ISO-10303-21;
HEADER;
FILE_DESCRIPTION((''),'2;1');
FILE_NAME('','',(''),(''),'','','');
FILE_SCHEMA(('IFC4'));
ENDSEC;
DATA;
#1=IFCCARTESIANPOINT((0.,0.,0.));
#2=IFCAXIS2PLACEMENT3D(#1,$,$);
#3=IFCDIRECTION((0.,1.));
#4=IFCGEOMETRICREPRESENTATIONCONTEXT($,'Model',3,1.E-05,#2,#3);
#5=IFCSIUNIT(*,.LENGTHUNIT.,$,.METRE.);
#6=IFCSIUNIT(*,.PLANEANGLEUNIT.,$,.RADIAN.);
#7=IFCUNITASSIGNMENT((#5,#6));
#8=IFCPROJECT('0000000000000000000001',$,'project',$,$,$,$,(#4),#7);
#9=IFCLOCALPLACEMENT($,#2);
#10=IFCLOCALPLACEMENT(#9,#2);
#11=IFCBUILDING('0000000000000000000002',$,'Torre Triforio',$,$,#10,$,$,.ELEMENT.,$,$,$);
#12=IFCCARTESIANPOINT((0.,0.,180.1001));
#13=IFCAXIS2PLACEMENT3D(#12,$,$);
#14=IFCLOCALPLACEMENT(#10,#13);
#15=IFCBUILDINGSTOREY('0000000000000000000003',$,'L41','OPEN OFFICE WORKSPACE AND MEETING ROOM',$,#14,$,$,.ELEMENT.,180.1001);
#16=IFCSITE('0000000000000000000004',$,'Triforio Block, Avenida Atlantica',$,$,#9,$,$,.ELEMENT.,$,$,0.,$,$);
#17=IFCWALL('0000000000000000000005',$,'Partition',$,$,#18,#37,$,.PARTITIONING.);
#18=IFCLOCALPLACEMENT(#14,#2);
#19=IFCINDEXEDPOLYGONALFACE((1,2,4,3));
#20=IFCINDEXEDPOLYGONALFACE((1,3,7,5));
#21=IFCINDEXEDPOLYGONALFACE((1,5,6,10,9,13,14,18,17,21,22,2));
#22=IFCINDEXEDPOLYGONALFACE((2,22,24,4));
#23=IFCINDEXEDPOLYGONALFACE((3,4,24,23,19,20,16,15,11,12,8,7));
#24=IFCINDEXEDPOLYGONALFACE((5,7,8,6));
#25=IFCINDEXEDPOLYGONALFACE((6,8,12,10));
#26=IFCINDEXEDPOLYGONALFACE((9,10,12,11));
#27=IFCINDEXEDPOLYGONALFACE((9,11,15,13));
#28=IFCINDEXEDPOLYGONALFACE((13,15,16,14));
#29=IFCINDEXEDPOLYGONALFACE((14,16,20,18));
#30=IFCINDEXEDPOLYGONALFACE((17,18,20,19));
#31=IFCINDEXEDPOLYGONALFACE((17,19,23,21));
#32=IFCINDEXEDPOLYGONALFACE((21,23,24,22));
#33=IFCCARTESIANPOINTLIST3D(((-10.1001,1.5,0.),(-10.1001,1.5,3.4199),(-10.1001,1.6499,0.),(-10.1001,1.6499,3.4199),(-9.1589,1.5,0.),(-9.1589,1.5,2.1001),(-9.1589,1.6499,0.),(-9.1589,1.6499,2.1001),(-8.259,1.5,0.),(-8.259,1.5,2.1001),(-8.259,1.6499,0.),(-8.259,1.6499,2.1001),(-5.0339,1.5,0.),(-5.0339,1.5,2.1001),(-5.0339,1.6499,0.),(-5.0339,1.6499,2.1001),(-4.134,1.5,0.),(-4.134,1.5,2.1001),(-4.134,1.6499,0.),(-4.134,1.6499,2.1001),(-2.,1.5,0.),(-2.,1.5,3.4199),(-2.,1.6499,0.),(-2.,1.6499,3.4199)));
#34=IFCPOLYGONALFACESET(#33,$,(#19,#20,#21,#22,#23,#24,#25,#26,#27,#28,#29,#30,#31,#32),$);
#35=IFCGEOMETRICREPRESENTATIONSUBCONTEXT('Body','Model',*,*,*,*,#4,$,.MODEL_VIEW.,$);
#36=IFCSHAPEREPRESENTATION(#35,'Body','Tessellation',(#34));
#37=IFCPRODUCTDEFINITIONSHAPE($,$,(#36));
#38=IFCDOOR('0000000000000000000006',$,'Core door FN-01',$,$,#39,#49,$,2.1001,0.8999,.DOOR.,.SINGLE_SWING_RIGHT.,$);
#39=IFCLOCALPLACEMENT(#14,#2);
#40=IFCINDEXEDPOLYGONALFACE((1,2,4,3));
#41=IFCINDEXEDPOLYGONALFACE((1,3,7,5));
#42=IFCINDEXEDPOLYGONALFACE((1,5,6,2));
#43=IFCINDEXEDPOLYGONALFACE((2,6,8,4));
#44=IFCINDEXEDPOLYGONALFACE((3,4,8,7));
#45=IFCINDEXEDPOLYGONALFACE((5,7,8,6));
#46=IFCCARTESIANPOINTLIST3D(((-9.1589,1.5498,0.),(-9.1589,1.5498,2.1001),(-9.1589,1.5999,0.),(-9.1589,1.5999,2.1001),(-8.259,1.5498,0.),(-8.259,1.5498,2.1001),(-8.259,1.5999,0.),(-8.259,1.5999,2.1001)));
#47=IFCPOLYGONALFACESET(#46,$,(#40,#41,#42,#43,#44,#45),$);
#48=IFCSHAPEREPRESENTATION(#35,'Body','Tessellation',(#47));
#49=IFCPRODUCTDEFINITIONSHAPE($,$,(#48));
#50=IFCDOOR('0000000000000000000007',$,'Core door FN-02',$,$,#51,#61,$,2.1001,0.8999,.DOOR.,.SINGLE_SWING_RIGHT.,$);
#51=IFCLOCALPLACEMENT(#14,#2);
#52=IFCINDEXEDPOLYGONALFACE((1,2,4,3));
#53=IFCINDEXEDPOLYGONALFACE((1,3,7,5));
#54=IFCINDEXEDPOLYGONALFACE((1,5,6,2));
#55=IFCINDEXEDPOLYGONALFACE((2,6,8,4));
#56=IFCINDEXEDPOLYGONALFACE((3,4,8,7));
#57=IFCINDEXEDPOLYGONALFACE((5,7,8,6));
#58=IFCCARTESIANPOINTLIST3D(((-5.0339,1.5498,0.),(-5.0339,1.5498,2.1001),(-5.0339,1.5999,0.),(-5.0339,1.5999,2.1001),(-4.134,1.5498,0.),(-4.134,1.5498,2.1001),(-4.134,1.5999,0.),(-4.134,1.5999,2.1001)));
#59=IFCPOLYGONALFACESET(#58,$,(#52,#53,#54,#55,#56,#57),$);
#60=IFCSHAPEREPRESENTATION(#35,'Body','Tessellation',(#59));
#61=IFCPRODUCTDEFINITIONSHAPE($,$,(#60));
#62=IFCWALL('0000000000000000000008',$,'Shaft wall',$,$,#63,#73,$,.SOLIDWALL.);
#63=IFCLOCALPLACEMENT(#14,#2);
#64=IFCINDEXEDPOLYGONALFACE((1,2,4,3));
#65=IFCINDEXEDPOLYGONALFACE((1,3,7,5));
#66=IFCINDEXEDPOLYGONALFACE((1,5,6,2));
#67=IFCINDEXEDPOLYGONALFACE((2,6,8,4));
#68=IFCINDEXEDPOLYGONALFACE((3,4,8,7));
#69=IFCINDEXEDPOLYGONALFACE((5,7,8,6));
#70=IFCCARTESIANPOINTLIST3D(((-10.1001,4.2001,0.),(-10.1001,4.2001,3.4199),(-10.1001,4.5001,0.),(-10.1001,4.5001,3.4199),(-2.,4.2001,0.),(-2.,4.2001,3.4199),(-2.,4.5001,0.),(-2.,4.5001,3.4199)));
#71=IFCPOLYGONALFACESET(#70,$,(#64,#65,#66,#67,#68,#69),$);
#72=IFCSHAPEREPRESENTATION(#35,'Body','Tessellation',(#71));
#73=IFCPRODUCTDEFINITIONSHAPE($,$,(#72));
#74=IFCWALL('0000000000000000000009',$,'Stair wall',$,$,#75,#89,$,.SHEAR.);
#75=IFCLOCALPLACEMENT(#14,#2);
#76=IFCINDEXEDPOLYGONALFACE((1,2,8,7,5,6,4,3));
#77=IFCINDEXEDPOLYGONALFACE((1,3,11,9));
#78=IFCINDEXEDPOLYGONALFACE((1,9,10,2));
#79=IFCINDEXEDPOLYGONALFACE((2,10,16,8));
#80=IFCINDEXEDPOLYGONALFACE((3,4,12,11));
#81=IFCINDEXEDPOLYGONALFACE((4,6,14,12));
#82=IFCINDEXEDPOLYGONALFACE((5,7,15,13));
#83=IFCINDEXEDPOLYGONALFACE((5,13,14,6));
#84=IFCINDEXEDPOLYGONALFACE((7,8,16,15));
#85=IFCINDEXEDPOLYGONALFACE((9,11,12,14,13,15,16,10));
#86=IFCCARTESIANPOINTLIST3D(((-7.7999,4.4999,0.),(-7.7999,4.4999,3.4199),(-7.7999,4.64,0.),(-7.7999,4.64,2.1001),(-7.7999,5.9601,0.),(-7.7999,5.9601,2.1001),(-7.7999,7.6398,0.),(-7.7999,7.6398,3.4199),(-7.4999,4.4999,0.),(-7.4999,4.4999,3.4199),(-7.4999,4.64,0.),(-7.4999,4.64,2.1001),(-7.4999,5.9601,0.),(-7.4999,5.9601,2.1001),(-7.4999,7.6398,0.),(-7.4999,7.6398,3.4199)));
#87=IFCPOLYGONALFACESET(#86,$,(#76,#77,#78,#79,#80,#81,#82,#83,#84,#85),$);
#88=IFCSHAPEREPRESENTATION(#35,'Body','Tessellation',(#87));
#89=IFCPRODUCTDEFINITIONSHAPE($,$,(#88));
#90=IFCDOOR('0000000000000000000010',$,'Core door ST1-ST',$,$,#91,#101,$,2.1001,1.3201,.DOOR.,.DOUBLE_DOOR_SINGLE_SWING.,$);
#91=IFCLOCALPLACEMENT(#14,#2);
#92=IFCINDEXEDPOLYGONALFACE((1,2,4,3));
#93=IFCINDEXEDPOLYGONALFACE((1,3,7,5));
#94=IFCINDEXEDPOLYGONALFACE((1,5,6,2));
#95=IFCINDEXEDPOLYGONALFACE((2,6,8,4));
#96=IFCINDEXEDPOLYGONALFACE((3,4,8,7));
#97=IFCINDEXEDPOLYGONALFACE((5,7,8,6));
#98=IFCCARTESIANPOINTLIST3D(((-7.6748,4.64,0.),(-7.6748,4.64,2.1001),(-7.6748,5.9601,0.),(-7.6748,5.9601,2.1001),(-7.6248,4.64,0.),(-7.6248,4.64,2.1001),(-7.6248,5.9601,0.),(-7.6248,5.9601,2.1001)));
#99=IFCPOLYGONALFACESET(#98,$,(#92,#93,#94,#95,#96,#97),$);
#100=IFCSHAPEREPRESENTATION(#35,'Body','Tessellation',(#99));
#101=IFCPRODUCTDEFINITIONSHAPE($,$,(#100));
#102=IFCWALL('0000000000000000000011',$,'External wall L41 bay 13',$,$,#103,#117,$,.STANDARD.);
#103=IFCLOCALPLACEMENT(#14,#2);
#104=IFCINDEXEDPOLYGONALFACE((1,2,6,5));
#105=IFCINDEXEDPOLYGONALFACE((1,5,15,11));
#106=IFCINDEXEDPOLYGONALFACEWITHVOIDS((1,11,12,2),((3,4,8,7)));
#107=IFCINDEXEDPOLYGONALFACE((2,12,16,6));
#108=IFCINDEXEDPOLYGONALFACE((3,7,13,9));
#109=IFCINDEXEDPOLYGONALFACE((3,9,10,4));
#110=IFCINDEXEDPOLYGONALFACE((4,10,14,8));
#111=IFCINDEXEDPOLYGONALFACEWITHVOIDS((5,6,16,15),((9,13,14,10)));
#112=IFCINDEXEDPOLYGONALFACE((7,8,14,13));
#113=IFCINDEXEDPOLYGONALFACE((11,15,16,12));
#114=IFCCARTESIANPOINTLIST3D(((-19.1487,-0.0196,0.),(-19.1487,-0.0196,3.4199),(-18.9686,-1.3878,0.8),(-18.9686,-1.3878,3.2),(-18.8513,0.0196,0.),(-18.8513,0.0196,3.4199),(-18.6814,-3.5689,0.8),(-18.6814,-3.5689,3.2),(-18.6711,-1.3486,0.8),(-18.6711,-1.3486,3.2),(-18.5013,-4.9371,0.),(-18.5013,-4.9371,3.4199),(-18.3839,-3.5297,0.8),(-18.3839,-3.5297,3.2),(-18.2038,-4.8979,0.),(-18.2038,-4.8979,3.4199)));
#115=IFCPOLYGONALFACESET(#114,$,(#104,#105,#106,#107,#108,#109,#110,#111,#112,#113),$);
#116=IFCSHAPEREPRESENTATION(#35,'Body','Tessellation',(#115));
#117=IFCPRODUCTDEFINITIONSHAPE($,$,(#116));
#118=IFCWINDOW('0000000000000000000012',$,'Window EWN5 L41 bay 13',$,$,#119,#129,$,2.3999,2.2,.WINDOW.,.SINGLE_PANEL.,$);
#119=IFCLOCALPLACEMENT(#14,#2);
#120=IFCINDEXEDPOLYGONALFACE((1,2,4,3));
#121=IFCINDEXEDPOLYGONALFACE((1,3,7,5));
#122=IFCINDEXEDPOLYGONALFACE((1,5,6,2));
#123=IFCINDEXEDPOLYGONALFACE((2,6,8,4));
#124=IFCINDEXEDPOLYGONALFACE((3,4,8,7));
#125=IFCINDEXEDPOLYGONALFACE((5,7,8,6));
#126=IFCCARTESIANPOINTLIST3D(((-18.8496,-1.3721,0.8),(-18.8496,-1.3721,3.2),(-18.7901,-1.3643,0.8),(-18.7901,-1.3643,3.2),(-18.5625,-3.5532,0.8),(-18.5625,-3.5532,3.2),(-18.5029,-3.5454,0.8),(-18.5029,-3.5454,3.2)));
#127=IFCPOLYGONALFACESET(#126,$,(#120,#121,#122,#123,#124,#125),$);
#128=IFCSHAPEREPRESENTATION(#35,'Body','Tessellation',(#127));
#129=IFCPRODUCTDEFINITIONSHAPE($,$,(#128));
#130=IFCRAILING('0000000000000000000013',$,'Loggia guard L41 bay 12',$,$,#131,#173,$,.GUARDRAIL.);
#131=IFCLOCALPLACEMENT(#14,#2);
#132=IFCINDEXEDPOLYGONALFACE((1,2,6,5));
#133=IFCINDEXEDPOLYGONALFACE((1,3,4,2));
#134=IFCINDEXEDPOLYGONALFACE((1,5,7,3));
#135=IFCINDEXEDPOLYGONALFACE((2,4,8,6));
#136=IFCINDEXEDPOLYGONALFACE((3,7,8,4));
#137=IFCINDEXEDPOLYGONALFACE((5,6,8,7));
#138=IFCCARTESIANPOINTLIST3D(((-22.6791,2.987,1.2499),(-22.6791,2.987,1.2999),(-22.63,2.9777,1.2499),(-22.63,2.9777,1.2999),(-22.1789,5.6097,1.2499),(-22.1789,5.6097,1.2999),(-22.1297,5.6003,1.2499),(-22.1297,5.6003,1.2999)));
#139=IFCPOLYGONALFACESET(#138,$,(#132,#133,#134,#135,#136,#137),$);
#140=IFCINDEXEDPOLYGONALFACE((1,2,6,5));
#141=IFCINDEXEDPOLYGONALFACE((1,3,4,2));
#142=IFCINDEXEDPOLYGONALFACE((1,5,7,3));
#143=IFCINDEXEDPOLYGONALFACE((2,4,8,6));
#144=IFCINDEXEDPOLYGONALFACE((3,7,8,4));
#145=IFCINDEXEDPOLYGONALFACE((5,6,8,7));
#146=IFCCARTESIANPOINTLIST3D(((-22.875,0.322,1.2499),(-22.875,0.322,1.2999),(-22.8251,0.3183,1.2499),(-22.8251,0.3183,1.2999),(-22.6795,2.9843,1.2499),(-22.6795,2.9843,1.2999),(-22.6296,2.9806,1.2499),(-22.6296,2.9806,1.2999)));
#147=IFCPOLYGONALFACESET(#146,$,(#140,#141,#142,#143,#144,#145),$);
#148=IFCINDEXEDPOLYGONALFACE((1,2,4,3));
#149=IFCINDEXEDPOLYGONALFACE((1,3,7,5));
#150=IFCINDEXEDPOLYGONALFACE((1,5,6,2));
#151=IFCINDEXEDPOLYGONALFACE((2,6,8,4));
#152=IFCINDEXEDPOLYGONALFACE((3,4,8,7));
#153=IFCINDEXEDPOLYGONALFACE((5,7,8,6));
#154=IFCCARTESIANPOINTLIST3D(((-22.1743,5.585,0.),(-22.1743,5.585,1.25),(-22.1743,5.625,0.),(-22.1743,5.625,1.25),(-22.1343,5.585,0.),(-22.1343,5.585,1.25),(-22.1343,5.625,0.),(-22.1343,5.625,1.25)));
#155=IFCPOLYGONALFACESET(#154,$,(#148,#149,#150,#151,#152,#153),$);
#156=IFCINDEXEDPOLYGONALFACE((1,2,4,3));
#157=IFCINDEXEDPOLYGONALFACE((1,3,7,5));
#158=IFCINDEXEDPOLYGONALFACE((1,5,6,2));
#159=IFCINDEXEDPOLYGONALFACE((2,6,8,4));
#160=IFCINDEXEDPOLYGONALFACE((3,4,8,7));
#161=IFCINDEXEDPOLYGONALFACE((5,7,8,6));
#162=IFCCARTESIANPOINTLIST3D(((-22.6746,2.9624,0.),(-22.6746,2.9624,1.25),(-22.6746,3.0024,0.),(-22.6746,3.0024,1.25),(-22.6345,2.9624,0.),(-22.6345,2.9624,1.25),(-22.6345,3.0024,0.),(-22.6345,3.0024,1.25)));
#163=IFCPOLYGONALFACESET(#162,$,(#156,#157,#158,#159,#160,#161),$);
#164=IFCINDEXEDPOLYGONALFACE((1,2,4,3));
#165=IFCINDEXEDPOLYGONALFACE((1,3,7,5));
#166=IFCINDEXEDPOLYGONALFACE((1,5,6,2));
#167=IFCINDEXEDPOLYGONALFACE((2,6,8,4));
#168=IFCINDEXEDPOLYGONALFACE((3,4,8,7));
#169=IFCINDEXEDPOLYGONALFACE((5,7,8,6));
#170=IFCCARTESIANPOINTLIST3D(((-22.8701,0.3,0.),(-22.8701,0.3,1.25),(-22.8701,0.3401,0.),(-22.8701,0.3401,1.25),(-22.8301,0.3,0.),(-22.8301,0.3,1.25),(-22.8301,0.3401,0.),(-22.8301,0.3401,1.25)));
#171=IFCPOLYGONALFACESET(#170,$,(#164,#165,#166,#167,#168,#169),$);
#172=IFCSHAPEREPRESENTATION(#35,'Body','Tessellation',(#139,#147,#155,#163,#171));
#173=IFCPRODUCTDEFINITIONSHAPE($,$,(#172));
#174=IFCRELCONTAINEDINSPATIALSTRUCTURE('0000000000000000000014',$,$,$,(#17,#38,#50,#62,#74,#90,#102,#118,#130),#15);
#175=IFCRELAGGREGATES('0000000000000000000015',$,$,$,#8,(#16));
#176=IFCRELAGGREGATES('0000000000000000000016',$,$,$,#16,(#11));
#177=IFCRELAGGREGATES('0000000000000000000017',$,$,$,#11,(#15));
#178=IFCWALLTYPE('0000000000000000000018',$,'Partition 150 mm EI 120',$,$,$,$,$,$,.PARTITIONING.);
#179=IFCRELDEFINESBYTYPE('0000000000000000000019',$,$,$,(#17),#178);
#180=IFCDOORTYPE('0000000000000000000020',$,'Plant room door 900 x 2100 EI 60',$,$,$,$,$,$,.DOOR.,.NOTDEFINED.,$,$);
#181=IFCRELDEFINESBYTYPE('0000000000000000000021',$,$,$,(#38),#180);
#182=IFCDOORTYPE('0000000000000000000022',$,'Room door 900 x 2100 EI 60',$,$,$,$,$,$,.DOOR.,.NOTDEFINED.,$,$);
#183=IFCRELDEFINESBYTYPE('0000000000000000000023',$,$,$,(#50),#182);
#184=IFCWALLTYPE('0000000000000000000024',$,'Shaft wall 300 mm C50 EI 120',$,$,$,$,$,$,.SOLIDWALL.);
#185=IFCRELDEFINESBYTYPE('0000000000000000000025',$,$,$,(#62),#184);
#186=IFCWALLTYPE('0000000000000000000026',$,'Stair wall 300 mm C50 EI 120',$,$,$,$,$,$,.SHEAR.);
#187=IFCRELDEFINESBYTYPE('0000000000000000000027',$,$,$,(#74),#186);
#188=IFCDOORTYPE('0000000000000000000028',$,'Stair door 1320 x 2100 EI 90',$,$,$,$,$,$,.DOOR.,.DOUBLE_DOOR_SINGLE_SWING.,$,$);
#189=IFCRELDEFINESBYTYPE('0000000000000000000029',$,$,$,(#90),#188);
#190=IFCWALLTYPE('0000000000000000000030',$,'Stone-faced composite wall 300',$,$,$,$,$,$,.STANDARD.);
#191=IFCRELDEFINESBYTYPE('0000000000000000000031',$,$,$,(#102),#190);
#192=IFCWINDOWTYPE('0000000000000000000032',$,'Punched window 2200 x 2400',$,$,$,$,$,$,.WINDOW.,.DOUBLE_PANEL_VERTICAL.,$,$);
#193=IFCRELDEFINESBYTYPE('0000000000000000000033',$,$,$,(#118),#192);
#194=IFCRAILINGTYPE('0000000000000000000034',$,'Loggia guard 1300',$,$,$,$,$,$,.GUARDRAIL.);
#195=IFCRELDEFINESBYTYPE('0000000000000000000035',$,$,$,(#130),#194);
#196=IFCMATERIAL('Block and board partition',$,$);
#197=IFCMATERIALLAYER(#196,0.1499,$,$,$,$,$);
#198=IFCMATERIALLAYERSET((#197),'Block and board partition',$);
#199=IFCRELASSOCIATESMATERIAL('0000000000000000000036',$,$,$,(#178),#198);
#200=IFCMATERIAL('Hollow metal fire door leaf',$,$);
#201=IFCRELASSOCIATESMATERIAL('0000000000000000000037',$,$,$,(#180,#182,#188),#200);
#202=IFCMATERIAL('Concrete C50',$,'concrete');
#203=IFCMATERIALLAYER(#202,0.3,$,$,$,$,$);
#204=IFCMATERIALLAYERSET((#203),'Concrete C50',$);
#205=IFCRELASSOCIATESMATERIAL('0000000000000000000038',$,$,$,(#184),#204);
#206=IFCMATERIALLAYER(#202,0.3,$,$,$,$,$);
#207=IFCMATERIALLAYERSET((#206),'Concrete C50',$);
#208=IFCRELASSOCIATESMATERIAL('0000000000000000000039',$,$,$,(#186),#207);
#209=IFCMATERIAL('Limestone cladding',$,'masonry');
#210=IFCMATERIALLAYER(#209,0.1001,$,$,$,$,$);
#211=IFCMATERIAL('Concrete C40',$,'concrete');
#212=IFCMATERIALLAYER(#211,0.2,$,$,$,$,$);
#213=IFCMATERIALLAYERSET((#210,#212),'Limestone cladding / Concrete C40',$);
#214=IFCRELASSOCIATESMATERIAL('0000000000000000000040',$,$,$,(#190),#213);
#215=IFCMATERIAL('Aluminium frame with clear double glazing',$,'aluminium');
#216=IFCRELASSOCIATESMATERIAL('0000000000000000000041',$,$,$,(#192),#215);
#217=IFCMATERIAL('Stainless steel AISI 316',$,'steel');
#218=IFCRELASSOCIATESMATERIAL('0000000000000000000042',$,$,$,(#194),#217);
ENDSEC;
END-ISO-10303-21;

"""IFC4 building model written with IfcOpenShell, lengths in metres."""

from ifc_helpers import new_model, si_unit, direction, frame, frame_2d, origin, origin_2d, place, context, subcontext, project, spatial, rectangle, extrude, material, layer, layer_set, type_object, element, fill, save


model = new_model("IFC4")

# Units and contexts
model_context = context("Model", 3, precision=1e-05, world=origin(), true_north=direction((0.0, 1.0)))
body_context = subcontext(model_context, "Body", "Model", "MODEL_VIEW")
ifc_project = project(units=[si_unit("LENGTHUNIT", "METRE"), si_unit("PLANEANGLEUNIT", "RADIAN")], contexts=[model_context])

# Site, building, storey
site_placement = place(None, origin())
site = spatial("IfcSite", under=ifc_project, at=site_placement, Name="Triforio Block, Avenida Atlantica", CompositionType="ELEMENT", RefElevation=0.0)
building_placement = place(site_placement, origin())
building = spatial("IfcBuilding", under=site, at=building_placement, Name="Torre Triforio", CompositionType="ELEMENT")
storey_placement = place(building_placement, frame((0.0, 0.0, 180.1001)))
storey = spatial("IfcBuildingStorey", under=building, at=storey_placement, Name="L41", Description="OPEN OFFICE WORKSPACE AND MEETING ROOM", CompositionType="ELEMENT", Elevation=180.1001)

# Shared definitions
ifc_material_1 = material(Name="Concrete C50", Category="concrete")

# Shared definitions
ifc_material_2 = material(Name="Concrete C40", Category="concrete")

# Shared definitions
ifc_material_3 = material(Name="Hollow metal fire door leaf")

# Wall, openings, doors
ifc_material_4 = material(Name="Block and board partition")
ifc_layer_1 = layer(ifc_material_4, 0.1499)
ifc_layer_set_1 = layer_set([ifc_layer_1], Name="Block and board partition")
wall_type_1 = type_object("IfcWallType", Name="Partition 150 mm EI 120", PredefinedType="PARTITIONING", material=ifc_layer_set_1)
wall_1_placement = place(storey_placement, frame((-10.1001, 1.575, 0.0), z_axis=(0.0, 0.0, 1.0), x_axis=(1.0, 0.0, 0.0)))
wall_1 = element("IfcWall", 1, at=wall_1_placement, inside=storey, type_object=wall_type_1, Name="Partition", PredefinedType="PARTITIONING", context=body_context, shape_type="SweptSolid", body=[
    extrude(rectangle(XDim=8.1001, YDim=0.1499, at=frame_2d((4.05, 0.0))), origin(), (0.0, 0.0, 1.0), 3.4199),
])
opening_1_placement = place(wall_1_placement, frame((0.9412, 0.0, 0.0)))
opening_1 = element("IfcOpeningElement", 2, at=opening_1_placement, cuts=wall_1, PredefinedType="OPENING", context=body_context, shape_type="SweptSolid", body=[
    extrude(rectangle(XDim=0.8999, YDim=2.1001, at=frame_2d((0.45, 1.05))), frame((0.0, 0.085, 0.0), z_axis=(0.0, -1.0, 0.0), x_axis=(1.0, 0.0, 0.0)), (0.0, 0.0, 1.0), 0.1699),
])
opening_2_placement = place(wall_1_placement, frame((5.0662, 0.0, 0.0)))
opening_2 = element("IfcOpeningElement", 3, at=opening_2_placement, cuts=wall_1, PredefinedType="OPENING", context=body_context, shape_type="SweptSolid", body=[
    extrude(rectangle(XDim=0.8999, YDim=2.1001, at=frame_2d((0.45, 1.05))), frame((0.0, 0.085, 0.0), z_axis=(0.0, -1.0, 0.0), x_axis=(1.0, 0.0, 0.0)), (0.0, 0.0, 1.0), 0.1699),
])
door_type_1 = type_object("IfcDoorType", Name="Plant room door 900 x 2100 EI 60", OperationType="NOTDEFINED", PredefinedType="DOOR", material=ifc_material_3)
door_1_placement = place(opening_1_placement, origin())
door_1 = element("IfcDoor", 4, at=door_1_placement, inside=storey, type_object=door_type_1, Name="Core door FN-01", OperationType="SINGLE_SWING_RIGHT", OverallHeight=2.1001, OverallWidth=0.8999, PredefinedType="DOOR", context=body_context, shape_type="SweptSolid", body=[
    extrude(rectangle(XDim=0.8999, YDim=2.1001, at=frame_2d((0.45, 1.05))), frame((0.0, 0.0249, 0.0), z_axis=(0.0, -1.0, 0.0), x_axis=(1.0, 0.0, 0.0)), (0.0, 0.0, 1.0), 0.05),
])
fill(opening_1, door_1)
door_type_2 = type_object("IfcDoorType", Name="Room door 900 x 2100 EI 60", OperationType="NOTDEFINED", PredefinedType="DOOR", material=ifc_material_3)
door_2_placement = place(opening_2_placement, origin())
door_2 = element("IfcDoor", 5, at=door_2_placement, inside=storey, type_object=door_type_2, Name="Core door FN-02", OperationType="SINGLE_SWING_RIGHT", OverallHeight=2.1001, OverallWidth=0.8999, PredefinedType="DOOR", context=body_context, shape_type="SweptSolid", body=[
    extrude(rectangle(XDim=0.8999, YDim=2.1001, at=frame_2d((0.45, 1.05))), frame((0.0, 0.0249, 0.0), z_axis=(0.0, -1.0, 0.0), x_axis=(1.0, 0.0, 0.0)), (0.0, 0.0, 1.0), 0.05),
])
fill(opening_2, door_2)

# Wall
ifc_layer_2 = layer(ifc_material_1, 0.3)
ifc_layer_set_2 = layer_set([ifc_layer_2], Name="Concrete C50")
wall_type_2 = type_object("IfcWallType", Name="Shaft wall 300 mm C50 EI 120", PredefinedType="SOLIDWALL", material=ifc_layer_set_2)
wall_2_placement = place(storey_placement, frame((-10.1001, 4.3501, 0.0), z_axis=(0.0, 0.0, 1.0), x_axis=(1.0, 0.0, 0.0)))
element("IfcWall", 6, at=wall_2_placement, inside=storey, type_object=wall_type_2, Name="Shaft wall", PredefinedType="SOLIDWALL", context=body_context, shape_type="SweptSolid", body=[
    extrude(rectangle(XDim=8.1001, YDim=0.3, at=frame_2d((4.05, 0.0))), origin(), (0.0, 0.0, 1.0), 3.4199),
])

# Wall, opening, door
ifc_layer_3 = layer(ifc_material_1, 0.3)
ifc_layer_set_3 = layer_set([ifc_layer_3], Name="Concrete C50")
wall_type_3 = type_object("IfcWallType", Name="Stair wall 300 mm C50 EI 120", PredefinedType="SHEAR", material=ifc_layer_set_3)
wall_3_placement = place(storey_placement, frame((-7.6499, 4.5, 0.0), z_axis=(0.0, 0.0, 1.0), x_axis=(0.0, 1.0, 0.0)))
wall_3 = element("IfcWall", 7, at=wall_3_placement, inside=storey, type_object=wall_type_3, Name="Stair wall", PredefinedType="SHEAR", context=body_context, shape_type="SweptSolid", body=[
    extrude(rectangle(XDim=3.1399, YDim=0.3, at=frame_2d((1.5698, 0.0))), origin(), (0.0, 0.0, 1.0), 3.4199),
])
opening_3_placement = place(wall_3_placement, frame((0.1399, 0.0, 0.0)))
opening_3 = element("IfcOpeningElement", 8, at=opening_3_placement, cuts=wall_3, PredefinedType="OPENING", context=body_context, shape_type="SweptSolid", body=[
    extrude(rectangle(XDim=1.3201, YDim=2.1001, at=frame_2d((0.6602, 1.05))), frame((0.0, 0.1599, 0.0), z_axis=(0.0, -1.0, 0.0), x_axis=(1.0, 0.0, 0.0)), (0.0, 0.0, 1.0), 0.3201),
])
door_type_3 = type_object("IfcDoorType", Name="Stair door 1320 x 2100 EI 90", OperationType="DOUBLE_DOOR_SINGLE_SWING", PredefinedType="DOOR", material=ifc_material_3)
door_3_placement = place(opening_3_placement, origin())
door_3 = element("IfcDoor", 9, at=door_3_placement, inside=storey, type_object=door_type_3, Name="Core door ST1-ST", OperationType="DOUBLE_DOOR_SINGLE_SWING", OverallHeight=2.1001, OverallWidth=1.3201, PredefinedType="DOOR", context=body_context, shape_type="SweptSolid", body=[
    extrude(rectangle(XDim=1.3201, YDim=2.1001, at=frame_2d((0.6602, 1.05))), frame((0.0, 0.0249, 0.0), z_axis=(0.0, -1.0, 0.0), x_axis=(1.0, 0.0, 0.0)), (0.0, 0.0, 1.0), 0.05),
])
fill(opening_3, door_3)

# Shared definitions
ifc_material_5 = material(Name="Limestone cladding", Category="masonry")
ifc_layer_4 = layer(ifc_material_5, 0.1001)
ifc_layer_5 = layer(ifc_material_2, 0.2)
ifc_layer_set_4 = layer_set([ifc_layer_4, ifc_layer_5], Name="Limestone cladding / Concrete C40")
wall_type_4 = type_object("IfcWallType", Name="Stone-faced composite wall 300", PredefinedType="STANDARD", material=ifc_layer_set_4)
ifc_material_6 = material(Name="Aluminium frame with clear double glazing", Category="aluminium")

# Wall, opening, window
wall_4_placement = place(storey_placement, frame((-19.0, 0.0, 0.0), z_axis=(0.0, 0.0, 1.0), x_axis=(0.130539, -0.991443, 0.0)))
wall_4 = element("IfcWall", 10, at=wall_4_placement, inside=storey, type_object=wall_type_4, Name="External wall L41 bay 13", PredefinedType="STANDARD", context=body_context, shape_type="SweptSolid", body=[
    extrude(rectangle(XDim=4.96, YDim=0.3, at=frame_2d((2.48, 0.0))), origin(), (0.0, 0.0, 1.0), 3.4199),
])
opening_4_placement = place(wall_4_placement, frame((1.3799, 0.0, 0.8)))
opening_4 = element("IfcOpeningElement", 11, at=opening_4_placement, cuts=wall_4, PredefinedType="OPENING", context=body_context, shape_type="SweptSolid", body=[
    extrude(rectangle(XDim=2.2, YDim=2.3999, at=frame_2d((1.1001, 1.2))), frame((0.0, 0.1599, 0.0), z_axis=(0.0, -1.0, 0.0), x_axis=(1.0, 0.0, 0.0)), (0.0, 0.0, 1.0), 0.3201),
])
window_type_1 = type_object("IfcWindowType", Name="Punched window 2200 x 2400", PartitioningType="DOUBLE_PANEL_VERTICAL", PredefinedType="WINDOW", material=ifc_material_6)
window_1_placement = place(opening_4_placement, origin())
window_1 = element("IfcWindow", 12, at=window_1_placement, inside=storey, type_object=window_type_1, Name="Window EWN5 L41 bay 13", OverallHeight=2.3999, OverallWidth=2.2, PartitioningType="SINGLE_PANEL", PredefinedType="WINDOW", context=body_context, shape_type="SweptSolid", body=[
    extrude(rectangle(XDim=2.2, YDim=2.3999, at=frame_2d((1.1001, 1.2))), frame((0.0, 0.03, 0.0), z_axis=(0.0, -1.0, 0.0), x_axis=(1.0, 0.0, 0.0)), (0.0, 0.0, 1.0), 0.0601),
])
fill(opening_4, window_1)

# Railing
ifc_material_7 = material(Name="Stainless steel AISI 316", Category="steel")
railing_type = type_object("IfcRailingType", Name="Loggia guard 1300", PredefinedType="GUARDRAIL", material=ifc_material_7)
railing_placement = place(storey_placement, frame((-22.1543, 5.605, 0.0)))
element("IfcRailing", 13, at=railing_placement, inside=storey, type_object=railing_type, Name="Loggia guard L41 bay 12", PredefinedType="GUARDRAIL", context=body_context, shape_type="SweptSolid", body=[
    extrude(rectangle(XDim=0.05, YDim=0.05, at=origin_2d()), frame((0.0, 0.0, 1.2749), z_axis=(-0.187368, -0.98229, 0.0), x_axis=(0.98229, -0.187368, 0.0)), (0.0, 0.0, 1.0), 2.6699),
    extrude(rectangle(XDim=0.05, YDim=0.05, at=origin_2d()), frame((-0.5002, -2.6226, 1.2749), z_axis=(-0.073255, -0.997313, 0.0), x_axis=(0.997313, -0.073255, 0.0)), (0.0, 0.0, 1.0), 2.6694),
    extrude(rectangle(XDim=0.04, YDim=0.04, at=origin_2d()), origin(), (0.0, 0.0, 1.0), 1.25),
    extrude(rectangle(XDim=0.04, YDim=0.04, at=origin_2d()), frame((-0.5002, -2.6226, 0.0)), (0.0, 0.0, 1.0), 1.25),
    extrude(rectangle(XDim=0.04, YDim=0.04, at=origin_2d()), frame((-0.6958, -5.2849, 0.0)), (0.0, 0.0, 1.0), 1.25),
])

save(model, "model.ifc")
